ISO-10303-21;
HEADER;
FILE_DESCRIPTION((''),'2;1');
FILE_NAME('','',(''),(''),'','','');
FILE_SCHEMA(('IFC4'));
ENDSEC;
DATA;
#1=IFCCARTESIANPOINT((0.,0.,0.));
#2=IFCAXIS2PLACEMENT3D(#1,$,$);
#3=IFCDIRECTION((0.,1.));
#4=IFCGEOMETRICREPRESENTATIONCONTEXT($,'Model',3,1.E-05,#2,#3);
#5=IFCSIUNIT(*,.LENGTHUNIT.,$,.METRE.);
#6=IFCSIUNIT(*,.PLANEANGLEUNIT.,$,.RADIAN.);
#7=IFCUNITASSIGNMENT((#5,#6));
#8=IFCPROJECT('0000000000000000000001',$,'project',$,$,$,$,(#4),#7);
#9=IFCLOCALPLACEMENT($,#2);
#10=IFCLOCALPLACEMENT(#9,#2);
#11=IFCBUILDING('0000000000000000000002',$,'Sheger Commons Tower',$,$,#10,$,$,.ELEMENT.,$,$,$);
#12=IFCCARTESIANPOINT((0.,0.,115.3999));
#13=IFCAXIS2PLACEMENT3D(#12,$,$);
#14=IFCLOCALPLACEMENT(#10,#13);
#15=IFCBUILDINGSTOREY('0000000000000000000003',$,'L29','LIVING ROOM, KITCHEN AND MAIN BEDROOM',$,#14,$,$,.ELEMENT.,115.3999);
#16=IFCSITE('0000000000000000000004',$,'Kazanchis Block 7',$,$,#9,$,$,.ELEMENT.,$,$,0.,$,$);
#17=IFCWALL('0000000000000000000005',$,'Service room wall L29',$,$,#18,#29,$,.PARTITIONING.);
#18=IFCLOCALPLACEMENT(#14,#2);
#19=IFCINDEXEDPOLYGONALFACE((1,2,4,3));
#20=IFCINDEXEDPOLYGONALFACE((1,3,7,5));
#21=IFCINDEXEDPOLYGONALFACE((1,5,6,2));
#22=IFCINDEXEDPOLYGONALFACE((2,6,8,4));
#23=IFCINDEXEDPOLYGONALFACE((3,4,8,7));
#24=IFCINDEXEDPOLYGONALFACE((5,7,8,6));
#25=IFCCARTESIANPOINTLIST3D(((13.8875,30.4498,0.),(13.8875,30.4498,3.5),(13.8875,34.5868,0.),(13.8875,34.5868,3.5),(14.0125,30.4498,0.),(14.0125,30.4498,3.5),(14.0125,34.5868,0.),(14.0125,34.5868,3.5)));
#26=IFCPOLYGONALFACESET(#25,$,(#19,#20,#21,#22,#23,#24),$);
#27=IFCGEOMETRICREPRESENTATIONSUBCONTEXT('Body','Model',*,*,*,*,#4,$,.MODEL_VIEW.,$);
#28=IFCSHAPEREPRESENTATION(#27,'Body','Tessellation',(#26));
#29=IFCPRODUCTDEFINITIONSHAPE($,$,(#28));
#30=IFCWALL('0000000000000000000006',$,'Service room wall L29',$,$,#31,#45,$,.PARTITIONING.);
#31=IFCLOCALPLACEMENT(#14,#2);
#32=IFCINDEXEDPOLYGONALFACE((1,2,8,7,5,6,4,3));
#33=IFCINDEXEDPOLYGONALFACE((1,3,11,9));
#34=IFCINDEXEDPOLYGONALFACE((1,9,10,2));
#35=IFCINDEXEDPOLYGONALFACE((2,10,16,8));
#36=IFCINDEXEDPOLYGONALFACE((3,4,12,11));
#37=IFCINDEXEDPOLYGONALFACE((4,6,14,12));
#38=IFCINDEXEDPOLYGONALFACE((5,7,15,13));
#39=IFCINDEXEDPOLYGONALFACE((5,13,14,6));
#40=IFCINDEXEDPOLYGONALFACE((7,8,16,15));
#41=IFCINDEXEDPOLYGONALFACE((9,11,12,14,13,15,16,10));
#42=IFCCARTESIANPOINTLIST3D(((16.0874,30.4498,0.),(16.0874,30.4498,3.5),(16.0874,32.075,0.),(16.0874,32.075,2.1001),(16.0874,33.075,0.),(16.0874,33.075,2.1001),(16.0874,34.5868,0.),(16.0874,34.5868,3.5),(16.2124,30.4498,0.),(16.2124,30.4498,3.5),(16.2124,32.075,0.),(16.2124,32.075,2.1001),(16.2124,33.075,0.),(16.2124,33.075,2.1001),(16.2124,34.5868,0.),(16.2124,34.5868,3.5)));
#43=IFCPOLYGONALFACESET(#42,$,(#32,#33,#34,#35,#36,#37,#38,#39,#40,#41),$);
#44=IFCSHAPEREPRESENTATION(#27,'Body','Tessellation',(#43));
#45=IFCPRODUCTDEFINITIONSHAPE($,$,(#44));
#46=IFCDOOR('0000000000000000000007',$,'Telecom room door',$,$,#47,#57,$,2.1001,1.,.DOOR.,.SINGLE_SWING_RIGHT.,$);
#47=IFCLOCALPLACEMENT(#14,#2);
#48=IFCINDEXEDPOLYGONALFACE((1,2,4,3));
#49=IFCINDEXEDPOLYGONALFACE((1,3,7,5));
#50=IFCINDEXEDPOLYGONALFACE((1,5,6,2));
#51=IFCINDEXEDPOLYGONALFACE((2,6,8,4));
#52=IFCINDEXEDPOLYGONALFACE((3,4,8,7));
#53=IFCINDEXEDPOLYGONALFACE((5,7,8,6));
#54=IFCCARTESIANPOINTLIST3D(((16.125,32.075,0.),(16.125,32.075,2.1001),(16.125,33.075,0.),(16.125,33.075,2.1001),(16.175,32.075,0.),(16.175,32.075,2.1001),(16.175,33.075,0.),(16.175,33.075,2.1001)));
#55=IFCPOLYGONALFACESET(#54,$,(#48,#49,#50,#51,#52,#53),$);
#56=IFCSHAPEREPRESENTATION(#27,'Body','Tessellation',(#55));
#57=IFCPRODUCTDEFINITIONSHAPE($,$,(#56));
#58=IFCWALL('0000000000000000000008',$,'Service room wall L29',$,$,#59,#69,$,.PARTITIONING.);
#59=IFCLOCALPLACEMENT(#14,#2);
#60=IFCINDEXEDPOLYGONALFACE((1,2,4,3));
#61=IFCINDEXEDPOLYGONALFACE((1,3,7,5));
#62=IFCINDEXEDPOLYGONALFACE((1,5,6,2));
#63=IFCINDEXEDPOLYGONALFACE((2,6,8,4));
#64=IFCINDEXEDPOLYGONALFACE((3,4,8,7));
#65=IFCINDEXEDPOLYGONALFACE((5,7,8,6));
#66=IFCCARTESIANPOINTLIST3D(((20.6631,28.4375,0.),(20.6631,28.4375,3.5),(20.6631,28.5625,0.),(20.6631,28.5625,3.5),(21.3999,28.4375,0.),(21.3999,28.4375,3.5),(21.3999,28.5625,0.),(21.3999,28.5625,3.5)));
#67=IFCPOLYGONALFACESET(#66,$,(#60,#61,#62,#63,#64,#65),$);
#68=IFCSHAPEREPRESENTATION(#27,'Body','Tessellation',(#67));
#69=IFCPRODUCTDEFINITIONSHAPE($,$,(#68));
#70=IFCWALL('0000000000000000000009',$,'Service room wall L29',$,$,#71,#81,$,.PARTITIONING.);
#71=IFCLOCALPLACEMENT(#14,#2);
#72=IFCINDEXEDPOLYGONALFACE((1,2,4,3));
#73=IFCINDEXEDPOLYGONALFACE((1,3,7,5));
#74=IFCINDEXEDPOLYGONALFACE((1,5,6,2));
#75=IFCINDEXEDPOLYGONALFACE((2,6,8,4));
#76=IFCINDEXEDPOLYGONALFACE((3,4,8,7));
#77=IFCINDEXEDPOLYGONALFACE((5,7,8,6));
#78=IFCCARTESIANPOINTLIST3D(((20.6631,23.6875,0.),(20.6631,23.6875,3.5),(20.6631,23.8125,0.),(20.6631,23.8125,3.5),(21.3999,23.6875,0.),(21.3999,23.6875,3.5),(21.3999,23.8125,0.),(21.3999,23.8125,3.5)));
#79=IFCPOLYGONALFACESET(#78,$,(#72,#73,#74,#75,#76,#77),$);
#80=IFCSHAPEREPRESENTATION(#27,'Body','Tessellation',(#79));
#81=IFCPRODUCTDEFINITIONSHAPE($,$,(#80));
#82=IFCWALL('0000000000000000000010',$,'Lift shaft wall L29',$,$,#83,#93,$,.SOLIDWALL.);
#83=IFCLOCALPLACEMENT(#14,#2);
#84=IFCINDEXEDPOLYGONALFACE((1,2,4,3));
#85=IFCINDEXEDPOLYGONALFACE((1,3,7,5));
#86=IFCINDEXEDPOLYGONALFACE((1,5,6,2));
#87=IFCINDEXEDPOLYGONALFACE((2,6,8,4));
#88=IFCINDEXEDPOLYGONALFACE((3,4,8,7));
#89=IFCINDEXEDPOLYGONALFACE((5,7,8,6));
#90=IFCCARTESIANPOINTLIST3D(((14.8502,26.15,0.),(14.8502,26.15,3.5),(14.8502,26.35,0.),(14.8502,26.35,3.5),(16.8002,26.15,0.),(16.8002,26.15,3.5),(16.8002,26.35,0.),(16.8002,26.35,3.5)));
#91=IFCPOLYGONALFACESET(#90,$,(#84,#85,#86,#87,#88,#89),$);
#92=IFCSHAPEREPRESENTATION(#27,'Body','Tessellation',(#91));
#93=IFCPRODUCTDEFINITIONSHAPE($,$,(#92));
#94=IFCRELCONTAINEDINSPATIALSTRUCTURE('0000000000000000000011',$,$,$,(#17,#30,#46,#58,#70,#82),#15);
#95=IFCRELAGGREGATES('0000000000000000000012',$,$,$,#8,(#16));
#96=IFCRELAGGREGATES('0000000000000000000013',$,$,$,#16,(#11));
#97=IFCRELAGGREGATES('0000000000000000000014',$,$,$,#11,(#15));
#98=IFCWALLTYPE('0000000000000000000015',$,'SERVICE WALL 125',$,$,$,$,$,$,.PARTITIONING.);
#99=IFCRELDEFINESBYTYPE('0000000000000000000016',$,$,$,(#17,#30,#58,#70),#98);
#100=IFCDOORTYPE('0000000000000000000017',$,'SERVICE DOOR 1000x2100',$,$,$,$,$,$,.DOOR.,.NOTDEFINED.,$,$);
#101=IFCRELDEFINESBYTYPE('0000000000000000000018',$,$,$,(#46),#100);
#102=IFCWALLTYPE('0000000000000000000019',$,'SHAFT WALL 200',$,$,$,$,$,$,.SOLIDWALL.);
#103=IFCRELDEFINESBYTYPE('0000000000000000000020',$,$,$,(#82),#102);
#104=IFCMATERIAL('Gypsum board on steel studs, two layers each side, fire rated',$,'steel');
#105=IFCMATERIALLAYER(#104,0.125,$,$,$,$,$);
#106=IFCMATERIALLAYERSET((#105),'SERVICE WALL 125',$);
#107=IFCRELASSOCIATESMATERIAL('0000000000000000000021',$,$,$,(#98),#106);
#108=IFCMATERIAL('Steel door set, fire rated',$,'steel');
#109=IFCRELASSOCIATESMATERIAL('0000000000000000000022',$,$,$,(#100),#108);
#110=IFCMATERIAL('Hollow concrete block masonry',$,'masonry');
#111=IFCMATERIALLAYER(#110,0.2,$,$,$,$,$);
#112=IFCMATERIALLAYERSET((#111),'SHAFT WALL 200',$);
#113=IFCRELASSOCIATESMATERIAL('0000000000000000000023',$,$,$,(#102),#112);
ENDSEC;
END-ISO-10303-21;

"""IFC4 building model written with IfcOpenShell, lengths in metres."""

from ifc_helpers import new_model, si_unit, direction, frame, frame_2d, origin, place, context, subcontext, project, spatial, rectangle, extrude, material, layer, layer_set, type_object, element, fill, save


model = new_model("IFC4")

# Units and contexts
model_context = context("Model", 3, precision=1e-05, world=origin(), true_north=direction((0.0, 1.0)))
body_context = subcontext(model_context, "Body", "Model", "MODEL_VIEW")
ifc_project = project(units=[si_unit("LENGTHUNIT", "METRE"), si_unit("PLANEANGLEUNIT", "RADIAN")], contexts=[model_context])

# Site, building, storey
site_placement = place(None, origin())
site = spatial("IfcSite", under=ifc_project, at=site_placement, Name="Kazanchis Block 7", CompositionType="ELEMENT", RefElevation=0.0)
building_placement = place(site_placement, origin())
building = spatial("IfcBuilding", under=site, at=building_placement, Name="Sheger Commons Tower", CompositionType="ELEMENT")
storey_placement = place(building_placement, frame((0.0, 0.0, 115.3999)))
storey = spatial("IfcBuildingStorey", under=building, at=storey_placement, Name="L29", Description="LIVING ROOM, KITCHEN AND MAIN BEDROOM", CompositionType="ELEMENT", Elevation=115.3999)

# Wall
ifc_material_1 = material(Name="Gypsum board on steel studs, two layers each side, fire rated", Category="steel")
ifc_layer_1 = layer(ifc_material_1, 0.125)
ifc_layer_set_1 = layer_set([ifc_layer_1], Name="SERVICE WALL 125")
wall_type_1 = type_object("IfcWallType", Name="SERVICE WALL 125", PredefinedType="PARTITIONING", material=ifc_layer_set_1)
wall_1_placement = place(storey_placement, frame((13.95, 30.45, 0.0), z_axis=(0.0, 0.0, 1.0), x_axis=(0.0, 1.0, 0.0)))
element("IfcWall", 1, at=wall_1_placement, inside=storey, type_object=wall_type_1, Name="Service room wall L29", PredefinedType="PARTITIONING", context=body_context, shape_type="SweptSolid", body=[
    extrude(rectangle(XDim=4.137, YDim=0.125, at=frame_2d((2.0684, 0.0))), origin(), (0.0, 0.0, 1.0), 3.5),
])

# Wall, opening, door
wall_2_placement = place(storey_placement, frame((16.1499, 30.45, 0.0), z_axis=(0.0, 0.0, 1.0), x_axis=(0.0, 1.0, 0.0)))
wall_2 = element("IfcWall", 2, at=wall_2_placement, inside=storey, type_object=wall_type_1, Name="Service room wall L29", PredefinedType="PARTITIONING", context=body_context, shape_type="SweptSolid", body=[
    extrude(rectangle(XDim=4.137, YDim=0.125, at=frame_2d((2.0684, 0.0))), origin(), (0.0, 0.0, 1.0), 3.5),
])
opening_1_placement = place(wall_2_placement, frame((1.625, 0.0, 0.0)))
opening_1 = element("IfcOpeningElement", 3, at=opening_1_placement, cuts=wall_2, PredefinedType="OPENING", context=body_context, shape_type="SweptSolid", body=[
    extrude(rectangle(XDim=1.0, YDim=2.1001, at=frame_2d((0.5, 1.05))), frame((0.0, 0.0725, 0.0), z_axis=(0.0, -1.0, 0.0), x_axis=(1.0, 0.0, 0.0)), (0.0, 0.0, 1.0), 0.145),
])
ifc_material_2 = material(Name="Steel door set, fire rated", Category="steel")
door_type_1 = type_object("IfcDoorType", Name="SERVICE DOOR 1000x2100", OperationType="NOTDEFINED", PredefinedType="DOOR", material=ifc_material_2)
door_1_placement = place(opening_1_placement, origin())
door_1 = element("IfcDoor", 4, at=door_1_placement, inside=storey, type_object=door_type_1, Name="Telecom room door", OperationType="SINGLE_SWING_RIGHT", OverallHeight=2.1001, OverallWidth=1.0, PredefinedType="DOOR", context=body_context, shape_type="SweptSolid", body=[
    extrude(rectangle(XDim=1.0, YDim=2.1001, at=frame_2d((0.5, 1.05))), frame((0.0, 0.0249, 0.0), z_axis=(0.0, -1.0, 0.0), x_axis=(1.0, 0.0, 0.0)), (0.0, 0.0, 1.0), 0.05),
])
fill(opening_1, door_1)

# Walls
for number, where, z_axis, x_axis, name in (
    (5, (20.6631, 28.5, 0.0), (0.0, 0.0, 1.0), (1.0, 0.0, 0.0), "Service room wall L29"),
    (6, (20.6631, 23.75, 0.0), (0.0, 0.0, 1.0), (1.0, 0.0, 0.0), "Service room wall L29"),
):
    element("IfcWall", number, at=place(storey_placement, frame(where, z_axis=z_axis, x_axis=x_axis)), inside=storey, type_object=wall_type_1, Name=name, PredefinedType="PARTITIONING", context=body_context, shape_type="SweptSolid", body=[
        extrude(rectangle(XDim=0.7368, YDim=0.125, at=frame_2d((0.3684, 0.0))), origin(), (0.0, 0.0, 1.0), 3.5),
    ])
ifc_material_3 = material(Name="Hollow concrete block masonry", Category="masonry")
ifc_layer_2 = layer(ifc_material_3, 0.2)
ifc_layer_set_2 = layer_set([ifc_layer_2], Name="SHAFT WALL 200")
wall_type_2 = type_object("IfcWallType", Name="SHAFT WALL 200", PredefinedType="SOLIDWALL", material=ifc_layer_set_2)
wall_3_placement = place(storey_placement, frame((14.8501, 26.25, 0.0), z_axis=(0.0, 0.0, 1.0), x_axis=(1.0, 0.0, 0.0)))
element("IfcWall", 7, at=wall_3_placement, inside=storey, type_object=wall_type_2, Name="Lift shaft wall L29", PredefinedType="SOLIDWALL", context=body_context, shape_type="SweptSolid", body=[
    extrude(rectangle(XDim=1.95, YDim=0.2, at=frame_2d((0.9751, 0.0))), origin(), (0.0, 0.0, 1.0), 3.5),
])

save(model, "model.ifc")
